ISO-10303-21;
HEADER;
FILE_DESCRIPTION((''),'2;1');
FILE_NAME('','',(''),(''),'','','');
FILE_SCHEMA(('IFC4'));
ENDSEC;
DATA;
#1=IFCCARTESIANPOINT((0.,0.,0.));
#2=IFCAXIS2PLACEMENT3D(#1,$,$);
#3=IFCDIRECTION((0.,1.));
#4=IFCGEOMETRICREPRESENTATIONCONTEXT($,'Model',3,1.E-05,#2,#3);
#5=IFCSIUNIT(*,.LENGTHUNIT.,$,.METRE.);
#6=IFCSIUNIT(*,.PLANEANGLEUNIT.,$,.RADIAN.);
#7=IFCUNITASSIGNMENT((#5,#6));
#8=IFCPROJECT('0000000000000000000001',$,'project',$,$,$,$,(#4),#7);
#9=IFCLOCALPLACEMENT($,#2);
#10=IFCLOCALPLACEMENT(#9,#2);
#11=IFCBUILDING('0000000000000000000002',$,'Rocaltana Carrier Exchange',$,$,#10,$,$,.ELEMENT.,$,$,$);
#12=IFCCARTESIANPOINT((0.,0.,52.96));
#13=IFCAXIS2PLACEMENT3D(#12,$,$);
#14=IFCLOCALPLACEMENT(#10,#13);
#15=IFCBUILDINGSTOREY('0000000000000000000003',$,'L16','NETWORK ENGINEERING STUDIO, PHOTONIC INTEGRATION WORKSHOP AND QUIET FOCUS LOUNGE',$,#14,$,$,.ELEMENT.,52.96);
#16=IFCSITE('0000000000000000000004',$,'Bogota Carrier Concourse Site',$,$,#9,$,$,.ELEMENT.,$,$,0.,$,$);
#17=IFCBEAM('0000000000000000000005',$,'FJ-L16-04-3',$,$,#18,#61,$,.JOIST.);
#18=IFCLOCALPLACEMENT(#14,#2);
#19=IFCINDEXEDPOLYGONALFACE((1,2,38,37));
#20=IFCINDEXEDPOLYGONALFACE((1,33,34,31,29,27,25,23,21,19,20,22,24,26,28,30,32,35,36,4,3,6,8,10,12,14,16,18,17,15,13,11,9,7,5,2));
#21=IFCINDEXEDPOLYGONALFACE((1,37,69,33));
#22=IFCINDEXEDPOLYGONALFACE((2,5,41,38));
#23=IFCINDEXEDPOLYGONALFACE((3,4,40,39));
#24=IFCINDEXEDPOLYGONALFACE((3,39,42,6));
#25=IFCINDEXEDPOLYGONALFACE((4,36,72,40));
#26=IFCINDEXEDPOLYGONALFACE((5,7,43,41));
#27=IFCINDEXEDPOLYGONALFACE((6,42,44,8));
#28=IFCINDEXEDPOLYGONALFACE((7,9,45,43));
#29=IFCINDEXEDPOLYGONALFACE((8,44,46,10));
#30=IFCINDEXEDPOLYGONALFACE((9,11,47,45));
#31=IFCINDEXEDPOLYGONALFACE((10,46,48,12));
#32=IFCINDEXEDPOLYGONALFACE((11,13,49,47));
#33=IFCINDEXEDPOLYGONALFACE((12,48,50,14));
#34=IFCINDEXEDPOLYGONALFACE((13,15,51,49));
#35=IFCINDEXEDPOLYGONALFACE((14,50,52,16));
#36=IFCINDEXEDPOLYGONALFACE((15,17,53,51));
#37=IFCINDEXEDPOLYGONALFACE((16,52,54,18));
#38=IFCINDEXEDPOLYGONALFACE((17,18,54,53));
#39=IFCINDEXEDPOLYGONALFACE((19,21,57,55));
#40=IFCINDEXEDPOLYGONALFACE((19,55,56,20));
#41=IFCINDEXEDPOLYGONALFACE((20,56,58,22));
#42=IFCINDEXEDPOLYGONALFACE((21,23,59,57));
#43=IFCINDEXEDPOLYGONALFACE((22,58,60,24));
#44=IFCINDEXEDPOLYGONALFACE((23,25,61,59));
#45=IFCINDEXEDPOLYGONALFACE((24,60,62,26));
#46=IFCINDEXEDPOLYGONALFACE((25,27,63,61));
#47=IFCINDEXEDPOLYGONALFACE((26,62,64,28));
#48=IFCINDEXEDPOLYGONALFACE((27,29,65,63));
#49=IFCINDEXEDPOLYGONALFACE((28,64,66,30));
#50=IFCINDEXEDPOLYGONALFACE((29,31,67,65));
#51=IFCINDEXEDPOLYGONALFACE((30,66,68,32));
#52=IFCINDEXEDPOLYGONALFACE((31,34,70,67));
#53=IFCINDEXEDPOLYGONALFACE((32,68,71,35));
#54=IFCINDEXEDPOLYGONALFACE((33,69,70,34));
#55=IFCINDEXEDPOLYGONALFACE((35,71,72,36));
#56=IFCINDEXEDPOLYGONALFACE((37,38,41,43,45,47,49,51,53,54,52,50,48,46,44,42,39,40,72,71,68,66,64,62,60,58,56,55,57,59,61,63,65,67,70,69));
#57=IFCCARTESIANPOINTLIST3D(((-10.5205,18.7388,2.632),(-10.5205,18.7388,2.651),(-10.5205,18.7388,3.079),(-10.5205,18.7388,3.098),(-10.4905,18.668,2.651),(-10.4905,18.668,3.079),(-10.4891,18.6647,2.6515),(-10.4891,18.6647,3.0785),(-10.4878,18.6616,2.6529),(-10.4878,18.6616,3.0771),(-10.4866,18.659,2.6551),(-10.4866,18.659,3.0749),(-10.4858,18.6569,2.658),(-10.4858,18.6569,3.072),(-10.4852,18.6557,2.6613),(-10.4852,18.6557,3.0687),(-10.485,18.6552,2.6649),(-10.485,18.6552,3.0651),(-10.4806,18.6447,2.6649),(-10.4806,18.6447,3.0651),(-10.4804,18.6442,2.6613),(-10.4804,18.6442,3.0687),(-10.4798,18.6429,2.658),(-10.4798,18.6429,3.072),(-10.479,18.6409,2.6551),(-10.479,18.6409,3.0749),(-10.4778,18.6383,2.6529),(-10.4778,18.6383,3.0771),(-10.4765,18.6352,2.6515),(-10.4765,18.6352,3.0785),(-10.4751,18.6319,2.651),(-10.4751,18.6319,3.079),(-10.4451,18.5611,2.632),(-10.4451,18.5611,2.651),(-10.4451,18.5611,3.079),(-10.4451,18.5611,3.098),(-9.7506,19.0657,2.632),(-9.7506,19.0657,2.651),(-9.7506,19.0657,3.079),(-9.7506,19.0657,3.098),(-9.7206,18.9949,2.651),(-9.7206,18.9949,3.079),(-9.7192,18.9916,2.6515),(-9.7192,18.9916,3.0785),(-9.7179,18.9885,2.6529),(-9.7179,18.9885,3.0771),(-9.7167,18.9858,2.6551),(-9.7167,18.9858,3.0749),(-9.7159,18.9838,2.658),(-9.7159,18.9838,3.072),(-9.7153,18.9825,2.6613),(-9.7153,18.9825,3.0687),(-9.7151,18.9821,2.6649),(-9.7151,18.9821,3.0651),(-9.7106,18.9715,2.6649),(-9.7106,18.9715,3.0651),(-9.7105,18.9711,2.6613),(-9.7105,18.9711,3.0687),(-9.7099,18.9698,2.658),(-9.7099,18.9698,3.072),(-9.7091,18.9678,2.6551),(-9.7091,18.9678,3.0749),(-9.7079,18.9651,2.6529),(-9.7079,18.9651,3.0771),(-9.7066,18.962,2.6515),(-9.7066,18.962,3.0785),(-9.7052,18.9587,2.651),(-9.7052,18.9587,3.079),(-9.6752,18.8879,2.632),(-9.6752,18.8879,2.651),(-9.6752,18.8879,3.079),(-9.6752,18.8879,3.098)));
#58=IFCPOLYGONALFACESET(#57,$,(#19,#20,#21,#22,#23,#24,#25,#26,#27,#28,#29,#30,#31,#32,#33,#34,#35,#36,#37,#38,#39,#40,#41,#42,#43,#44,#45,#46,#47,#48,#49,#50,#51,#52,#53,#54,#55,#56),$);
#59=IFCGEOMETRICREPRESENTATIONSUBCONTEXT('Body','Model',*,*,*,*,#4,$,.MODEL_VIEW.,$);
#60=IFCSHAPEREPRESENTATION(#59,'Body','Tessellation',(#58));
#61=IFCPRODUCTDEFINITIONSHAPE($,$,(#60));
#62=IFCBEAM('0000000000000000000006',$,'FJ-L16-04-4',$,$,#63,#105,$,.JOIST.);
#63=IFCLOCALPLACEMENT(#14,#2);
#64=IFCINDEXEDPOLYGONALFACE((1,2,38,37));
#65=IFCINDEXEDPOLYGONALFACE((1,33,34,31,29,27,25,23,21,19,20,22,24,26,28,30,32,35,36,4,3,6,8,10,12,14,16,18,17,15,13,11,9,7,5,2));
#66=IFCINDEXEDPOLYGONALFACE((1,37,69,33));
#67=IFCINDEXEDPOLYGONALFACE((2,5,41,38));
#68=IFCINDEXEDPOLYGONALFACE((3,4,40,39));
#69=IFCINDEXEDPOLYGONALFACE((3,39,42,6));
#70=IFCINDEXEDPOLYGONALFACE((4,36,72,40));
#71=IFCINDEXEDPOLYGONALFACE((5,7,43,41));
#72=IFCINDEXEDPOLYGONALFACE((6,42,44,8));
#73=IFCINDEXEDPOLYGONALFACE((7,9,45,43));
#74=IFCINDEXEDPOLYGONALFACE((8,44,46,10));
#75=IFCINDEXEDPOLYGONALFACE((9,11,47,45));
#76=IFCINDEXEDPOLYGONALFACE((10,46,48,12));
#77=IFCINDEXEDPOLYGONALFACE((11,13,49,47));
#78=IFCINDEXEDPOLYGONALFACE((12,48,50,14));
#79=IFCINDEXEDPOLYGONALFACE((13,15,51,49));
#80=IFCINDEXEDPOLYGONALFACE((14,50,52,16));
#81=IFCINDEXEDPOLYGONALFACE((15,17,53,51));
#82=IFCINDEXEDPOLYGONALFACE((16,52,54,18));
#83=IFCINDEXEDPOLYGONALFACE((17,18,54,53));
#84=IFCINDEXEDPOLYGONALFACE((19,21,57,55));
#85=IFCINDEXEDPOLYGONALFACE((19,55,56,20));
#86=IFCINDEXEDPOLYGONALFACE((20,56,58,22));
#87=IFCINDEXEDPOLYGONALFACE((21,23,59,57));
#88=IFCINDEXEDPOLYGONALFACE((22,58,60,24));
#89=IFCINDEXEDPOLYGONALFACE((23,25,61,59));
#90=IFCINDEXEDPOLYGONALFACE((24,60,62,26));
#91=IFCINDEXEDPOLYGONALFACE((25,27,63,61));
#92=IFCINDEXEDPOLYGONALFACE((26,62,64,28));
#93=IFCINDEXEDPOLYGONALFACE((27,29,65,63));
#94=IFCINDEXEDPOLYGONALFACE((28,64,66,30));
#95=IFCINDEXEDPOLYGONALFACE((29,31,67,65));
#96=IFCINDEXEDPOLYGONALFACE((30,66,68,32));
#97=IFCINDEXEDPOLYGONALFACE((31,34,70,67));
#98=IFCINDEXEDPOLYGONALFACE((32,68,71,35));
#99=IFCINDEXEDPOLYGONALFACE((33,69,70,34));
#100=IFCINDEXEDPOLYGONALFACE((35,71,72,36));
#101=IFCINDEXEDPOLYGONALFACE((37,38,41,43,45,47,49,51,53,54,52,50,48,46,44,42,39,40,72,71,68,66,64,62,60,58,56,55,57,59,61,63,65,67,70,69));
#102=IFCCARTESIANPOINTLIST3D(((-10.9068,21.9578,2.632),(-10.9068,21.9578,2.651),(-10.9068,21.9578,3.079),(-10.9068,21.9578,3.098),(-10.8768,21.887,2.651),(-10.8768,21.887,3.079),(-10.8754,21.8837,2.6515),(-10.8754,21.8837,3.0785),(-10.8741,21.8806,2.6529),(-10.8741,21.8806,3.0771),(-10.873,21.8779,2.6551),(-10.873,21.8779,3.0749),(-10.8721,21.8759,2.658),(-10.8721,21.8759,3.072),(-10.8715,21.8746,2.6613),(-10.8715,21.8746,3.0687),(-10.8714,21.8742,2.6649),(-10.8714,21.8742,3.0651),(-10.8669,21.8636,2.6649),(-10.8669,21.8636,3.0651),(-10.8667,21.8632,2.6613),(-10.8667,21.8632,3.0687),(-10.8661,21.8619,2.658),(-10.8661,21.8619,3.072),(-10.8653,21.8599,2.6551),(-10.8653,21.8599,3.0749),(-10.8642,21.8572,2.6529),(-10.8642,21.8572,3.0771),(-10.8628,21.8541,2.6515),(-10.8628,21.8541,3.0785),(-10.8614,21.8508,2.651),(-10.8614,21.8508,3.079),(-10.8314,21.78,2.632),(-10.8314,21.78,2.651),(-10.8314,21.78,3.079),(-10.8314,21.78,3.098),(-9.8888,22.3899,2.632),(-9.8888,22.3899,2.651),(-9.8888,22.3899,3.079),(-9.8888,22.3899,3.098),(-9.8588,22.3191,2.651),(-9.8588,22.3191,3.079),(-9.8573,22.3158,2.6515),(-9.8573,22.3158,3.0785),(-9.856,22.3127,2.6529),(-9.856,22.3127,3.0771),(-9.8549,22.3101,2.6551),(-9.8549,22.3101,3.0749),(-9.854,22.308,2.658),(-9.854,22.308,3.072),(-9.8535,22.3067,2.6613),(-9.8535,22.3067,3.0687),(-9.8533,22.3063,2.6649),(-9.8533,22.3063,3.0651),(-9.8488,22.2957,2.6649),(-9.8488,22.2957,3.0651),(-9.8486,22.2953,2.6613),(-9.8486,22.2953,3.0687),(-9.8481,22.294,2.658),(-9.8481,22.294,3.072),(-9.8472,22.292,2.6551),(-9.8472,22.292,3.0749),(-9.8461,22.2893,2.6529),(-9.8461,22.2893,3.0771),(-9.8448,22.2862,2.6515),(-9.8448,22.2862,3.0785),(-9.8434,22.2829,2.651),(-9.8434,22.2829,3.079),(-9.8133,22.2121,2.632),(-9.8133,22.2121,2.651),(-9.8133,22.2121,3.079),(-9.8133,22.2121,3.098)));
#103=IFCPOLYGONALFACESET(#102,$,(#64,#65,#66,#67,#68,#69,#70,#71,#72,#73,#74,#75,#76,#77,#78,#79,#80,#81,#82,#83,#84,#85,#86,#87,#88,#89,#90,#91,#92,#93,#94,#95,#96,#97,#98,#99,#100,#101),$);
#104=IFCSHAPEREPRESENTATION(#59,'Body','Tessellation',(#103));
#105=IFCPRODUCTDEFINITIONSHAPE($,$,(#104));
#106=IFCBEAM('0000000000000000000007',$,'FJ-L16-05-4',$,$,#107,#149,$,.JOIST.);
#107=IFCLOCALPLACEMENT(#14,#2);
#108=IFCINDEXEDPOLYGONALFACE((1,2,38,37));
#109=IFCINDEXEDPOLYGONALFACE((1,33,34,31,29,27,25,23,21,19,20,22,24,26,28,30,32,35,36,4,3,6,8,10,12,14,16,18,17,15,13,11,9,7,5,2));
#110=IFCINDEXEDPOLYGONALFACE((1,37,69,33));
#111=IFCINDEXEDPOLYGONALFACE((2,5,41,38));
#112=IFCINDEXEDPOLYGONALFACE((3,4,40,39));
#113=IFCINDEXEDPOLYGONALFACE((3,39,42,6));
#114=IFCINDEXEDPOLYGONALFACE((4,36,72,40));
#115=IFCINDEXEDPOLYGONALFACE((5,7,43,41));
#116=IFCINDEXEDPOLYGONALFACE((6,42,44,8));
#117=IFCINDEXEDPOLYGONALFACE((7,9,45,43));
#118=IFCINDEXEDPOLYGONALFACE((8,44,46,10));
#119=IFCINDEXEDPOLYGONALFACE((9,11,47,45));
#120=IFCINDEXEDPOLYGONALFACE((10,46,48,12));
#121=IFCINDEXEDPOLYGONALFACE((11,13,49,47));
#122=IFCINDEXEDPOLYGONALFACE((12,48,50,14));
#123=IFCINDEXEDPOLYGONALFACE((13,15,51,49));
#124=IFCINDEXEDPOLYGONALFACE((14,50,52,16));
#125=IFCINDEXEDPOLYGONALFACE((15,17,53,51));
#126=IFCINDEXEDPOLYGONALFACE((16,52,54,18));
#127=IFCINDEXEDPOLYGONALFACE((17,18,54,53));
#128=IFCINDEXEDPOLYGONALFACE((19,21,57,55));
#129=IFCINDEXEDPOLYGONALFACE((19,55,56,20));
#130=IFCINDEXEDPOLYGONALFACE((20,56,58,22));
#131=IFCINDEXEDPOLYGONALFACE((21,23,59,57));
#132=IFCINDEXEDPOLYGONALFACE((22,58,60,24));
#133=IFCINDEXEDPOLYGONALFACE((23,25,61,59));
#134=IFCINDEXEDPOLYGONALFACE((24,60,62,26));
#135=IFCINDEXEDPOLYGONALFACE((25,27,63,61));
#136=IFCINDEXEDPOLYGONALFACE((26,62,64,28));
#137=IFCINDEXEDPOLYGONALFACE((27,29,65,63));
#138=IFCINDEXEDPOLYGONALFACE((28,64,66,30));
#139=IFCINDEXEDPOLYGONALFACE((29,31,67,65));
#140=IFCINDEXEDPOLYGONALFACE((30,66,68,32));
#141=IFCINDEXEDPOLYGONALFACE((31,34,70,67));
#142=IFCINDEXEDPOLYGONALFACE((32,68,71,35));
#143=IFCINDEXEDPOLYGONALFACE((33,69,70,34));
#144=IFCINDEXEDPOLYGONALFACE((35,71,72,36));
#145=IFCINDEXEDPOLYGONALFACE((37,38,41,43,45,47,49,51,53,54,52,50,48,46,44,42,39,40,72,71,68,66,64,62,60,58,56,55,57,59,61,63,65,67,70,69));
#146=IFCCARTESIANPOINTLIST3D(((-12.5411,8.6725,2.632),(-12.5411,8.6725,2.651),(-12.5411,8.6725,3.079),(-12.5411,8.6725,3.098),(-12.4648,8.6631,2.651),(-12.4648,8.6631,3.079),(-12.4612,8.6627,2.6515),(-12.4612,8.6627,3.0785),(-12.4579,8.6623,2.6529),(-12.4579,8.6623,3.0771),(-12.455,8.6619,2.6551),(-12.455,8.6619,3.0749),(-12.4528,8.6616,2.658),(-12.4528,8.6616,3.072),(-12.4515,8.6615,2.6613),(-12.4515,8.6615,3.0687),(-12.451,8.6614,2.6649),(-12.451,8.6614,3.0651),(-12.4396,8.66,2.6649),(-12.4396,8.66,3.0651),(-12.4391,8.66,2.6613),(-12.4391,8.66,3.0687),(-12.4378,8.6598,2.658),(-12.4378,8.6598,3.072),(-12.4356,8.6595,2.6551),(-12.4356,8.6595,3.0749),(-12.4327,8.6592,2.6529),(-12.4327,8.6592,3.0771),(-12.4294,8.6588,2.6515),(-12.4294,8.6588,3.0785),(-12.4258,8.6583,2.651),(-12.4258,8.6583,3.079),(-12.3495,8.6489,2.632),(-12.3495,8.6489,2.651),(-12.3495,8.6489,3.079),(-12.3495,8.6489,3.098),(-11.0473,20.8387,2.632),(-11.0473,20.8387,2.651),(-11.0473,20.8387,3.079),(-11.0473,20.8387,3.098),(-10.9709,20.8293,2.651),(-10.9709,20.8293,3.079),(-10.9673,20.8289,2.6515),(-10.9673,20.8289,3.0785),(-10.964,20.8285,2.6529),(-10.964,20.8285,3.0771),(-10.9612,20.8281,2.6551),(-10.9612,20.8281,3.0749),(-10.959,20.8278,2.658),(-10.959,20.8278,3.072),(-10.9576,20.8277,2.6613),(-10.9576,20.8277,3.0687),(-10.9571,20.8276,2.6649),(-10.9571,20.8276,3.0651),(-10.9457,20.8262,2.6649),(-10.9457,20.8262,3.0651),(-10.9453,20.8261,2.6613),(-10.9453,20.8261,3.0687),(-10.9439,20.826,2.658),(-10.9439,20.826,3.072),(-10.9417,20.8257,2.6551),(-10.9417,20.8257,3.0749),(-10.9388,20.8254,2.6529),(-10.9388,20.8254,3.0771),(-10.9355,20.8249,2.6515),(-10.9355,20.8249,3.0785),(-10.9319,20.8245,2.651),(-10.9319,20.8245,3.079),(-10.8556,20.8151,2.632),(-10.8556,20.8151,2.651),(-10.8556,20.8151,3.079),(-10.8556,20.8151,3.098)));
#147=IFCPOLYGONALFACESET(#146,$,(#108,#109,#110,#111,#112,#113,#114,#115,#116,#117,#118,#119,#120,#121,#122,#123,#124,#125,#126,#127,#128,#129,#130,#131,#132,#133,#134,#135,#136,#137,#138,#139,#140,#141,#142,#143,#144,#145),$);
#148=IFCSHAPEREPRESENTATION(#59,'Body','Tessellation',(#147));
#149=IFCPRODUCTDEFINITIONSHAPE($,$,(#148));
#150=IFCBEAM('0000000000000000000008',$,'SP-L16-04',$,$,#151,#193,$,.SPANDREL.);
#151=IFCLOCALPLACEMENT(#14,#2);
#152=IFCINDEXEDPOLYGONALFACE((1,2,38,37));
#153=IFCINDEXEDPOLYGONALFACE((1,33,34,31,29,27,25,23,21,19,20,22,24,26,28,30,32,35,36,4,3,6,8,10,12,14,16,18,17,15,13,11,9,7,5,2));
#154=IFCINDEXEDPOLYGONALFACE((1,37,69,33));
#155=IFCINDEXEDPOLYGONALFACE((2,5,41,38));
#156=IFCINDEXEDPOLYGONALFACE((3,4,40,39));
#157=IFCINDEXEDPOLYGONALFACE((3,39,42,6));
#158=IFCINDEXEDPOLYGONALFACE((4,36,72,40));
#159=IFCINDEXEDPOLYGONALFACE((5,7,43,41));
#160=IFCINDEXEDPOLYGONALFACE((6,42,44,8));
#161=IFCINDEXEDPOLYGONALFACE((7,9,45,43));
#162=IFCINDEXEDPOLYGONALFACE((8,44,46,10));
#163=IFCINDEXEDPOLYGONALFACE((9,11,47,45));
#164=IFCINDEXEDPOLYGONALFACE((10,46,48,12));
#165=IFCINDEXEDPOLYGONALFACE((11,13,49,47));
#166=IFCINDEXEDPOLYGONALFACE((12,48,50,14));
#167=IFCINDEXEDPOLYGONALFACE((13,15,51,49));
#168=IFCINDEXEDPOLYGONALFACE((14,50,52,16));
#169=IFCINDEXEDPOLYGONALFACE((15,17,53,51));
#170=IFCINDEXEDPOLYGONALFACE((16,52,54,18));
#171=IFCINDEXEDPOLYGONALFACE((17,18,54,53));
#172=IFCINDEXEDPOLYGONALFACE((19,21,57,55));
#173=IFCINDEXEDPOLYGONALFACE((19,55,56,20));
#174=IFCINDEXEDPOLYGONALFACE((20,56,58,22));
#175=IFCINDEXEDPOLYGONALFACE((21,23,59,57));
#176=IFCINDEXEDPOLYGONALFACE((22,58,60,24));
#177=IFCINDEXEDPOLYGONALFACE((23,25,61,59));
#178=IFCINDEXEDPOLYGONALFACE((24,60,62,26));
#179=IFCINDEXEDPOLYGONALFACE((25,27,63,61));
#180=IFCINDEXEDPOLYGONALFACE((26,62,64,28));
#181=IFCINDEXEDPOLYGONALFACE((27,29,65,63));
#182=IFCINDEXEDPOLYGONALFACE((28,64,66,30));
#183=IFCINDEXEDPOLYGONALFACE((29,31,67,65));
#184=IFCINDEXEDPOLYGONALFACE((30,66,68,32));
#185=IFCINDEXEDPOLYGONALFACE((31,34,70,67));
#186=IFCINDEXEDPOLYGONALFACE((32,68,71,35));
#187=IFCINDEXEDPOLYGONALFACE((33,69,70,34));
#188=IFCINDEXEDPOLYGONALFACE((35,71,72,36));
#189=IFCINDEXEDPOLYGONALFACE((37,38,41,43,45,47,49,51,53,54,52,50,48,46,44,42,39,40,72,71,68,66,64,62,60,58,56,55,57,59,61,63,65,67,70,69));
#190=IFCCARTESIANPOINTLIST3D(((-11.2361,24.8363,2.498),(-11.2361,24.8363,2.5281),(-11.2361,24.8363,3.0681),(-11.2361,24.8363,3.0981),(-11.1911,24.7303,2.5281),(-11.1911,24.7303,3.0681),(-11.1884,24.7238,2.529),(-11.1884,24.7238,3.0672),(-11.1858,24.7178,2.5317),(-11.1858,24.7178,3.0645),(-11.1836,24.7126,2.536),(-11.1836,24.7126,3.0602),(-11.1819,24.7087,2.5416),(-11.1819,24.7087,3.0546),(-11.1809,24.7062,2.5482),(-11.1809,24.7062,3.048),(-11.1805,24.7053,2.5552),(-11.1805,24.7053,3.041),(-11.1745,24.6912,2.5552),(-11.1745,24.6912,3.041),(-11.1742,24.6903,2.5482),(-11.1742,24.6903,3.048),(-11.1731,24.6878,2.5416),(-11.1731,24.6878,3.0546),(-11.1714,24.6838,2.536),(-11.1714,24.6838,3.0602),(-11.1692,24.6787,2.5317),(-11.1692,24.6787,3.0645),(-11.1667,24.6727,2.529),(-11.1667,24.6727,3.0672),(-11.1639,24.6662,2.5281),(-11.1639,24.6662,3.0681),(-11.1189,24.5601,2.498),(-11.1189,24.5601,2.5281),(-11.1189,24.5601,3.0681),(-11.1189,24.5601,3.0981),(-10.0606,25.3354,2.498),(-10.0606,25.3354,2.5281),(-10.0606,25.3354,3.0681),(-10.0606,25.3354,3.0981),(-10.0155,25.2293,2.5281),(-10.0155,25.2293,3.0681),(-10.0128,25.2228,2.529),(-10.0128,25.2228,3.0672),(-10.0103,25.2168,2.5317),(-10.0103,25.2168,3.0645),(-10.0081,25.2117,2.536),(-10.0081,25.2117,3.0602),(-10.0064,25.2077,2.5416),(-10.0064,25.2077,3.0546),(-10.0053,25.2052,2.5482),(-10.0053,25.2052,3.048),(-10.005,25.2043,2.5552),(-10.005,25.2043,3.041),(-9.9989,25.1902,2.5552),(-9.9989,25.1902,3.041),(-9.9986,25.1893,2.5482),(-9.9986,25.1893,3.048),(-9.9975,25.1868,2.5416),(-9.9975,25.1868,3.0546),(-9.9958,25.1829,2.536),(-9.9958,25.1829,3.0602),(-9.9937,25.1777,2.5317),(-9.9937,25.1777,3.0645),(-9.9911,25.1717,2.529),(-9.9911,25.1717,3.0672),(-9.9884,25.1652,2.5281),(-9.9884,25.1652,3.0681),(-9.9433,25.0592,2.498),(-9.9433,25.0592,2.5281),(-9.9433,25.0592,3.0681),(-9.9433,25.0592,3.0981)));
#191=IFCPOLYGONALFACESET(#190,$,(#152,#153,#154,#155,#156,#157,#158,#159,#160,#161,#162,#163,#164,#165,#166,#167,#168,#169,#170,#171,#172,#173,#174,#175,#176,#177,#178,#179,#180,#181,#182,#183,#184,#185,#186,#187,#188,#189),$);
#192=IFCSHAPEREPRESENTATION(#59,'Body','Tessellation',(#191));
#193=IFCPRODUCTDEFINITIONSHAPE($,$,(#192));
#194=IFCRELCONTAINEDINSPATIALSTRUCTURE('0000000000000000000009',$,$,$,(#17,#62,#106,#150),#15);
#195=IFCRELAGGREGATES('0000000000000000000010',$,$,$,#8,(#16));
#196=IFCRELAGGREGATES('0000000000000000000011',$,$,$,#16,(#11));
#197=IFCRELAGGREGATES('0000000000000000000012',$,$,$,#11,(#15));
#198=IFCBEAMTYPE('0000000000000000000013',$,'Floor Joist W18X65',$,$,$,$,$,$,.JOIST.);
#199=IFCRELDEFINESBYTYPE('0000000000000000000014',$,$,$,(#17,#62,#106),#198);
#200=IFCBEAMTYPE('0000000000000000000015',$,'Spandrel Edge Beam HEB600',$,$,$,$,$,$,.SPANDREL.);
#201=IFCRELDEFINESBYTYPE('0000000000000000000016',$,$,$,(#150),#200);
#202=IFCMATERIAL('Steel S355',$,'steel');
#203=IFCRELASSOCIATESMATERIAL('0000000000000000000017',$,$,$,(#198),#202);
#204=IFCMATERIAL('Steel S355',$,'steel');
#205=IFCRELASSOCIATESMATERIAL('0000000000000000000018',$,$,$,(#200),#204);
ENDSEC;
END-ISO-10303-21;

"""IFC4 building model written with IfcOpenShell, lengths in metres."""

from ifc_helpers import new_model, si_unit, direction, frame, origin, origin_2d, place, context, subcontext, project, spatial, i_section, extrude, material, material_profile, profile_set, type_object, element, save


model = new_model("IFC4")

# Units and contexts
model_context = context("Model", 3, precision=1e-05, world=origin(), true_north=direction((0.0, 1.0)))
body_context = subcontext(model_context, "Body", "Model", "MODEL_VIEW")
ifc_project = project(units=[si_unit("LENGTHUNIT", "METRE"), si_unit("PLANEANGLEUNIT", "RADIAN")], contexts=[model_context])

# Site, building, storey
site_placement = place(None, origin())
site = spatial("IfcSite", under=ifc_project, at=site_placement, Name="Bogota Carrier Concourse Site", CompositionType="ELEMENT", RefElevation=0.0)
building_placement = place(site_placement, origin())
building = spatial("IfcBuilding", under=site, at=building_placement, Name="Rocaltana Carrier Exchange", CompositionType="ELEMENT")
storey_placement = place(building_placement, frame((0.0, 0.0, 52.96)))
storey = spatial("IfcBuildingStorey", under=building, at=storey_placement, Name="L16", Description="NETWORK ENGINEERING STUDIO, PHOTONIC INTEGRATION WORKSHOP AND QUIET FOCUS LOUNGE", CompositionType="ELEMENT", Elevation=52.96)

# Beams
ifc_material_1 = material(Name="Steel S355", Category="steel")
ifc_material_profile_1 = material_profile(ifc_material_1, i_section(OverallWidth=0.1931, OverallDepth=0.4661, WebThickness=0.0115, FlangeThickness=0.019, FilletRadius=0.0139, at=origin_2d()), Name="W18X65")
ifc_profile_set_1 = profile_set([ifc_material_profile_1], Name="Steel S355")
beam_type_1 = type_object("IfcBeamType", Name="Floor Joist W18X65", PredefinedType="JOIST", material=ifc_profile_set_1)
beam_1_placement = place(storey_placement, frame((-9.7129, 18.9768, 2.865), z_axis=(-0.920483, -0.390782, 0.0), x_axis=(0.390782, -0.920483, 0.0)))
element("IfcBeam", 1, at=beam_1_placement, inside=storey, type_object=beam_type_1, Name="FJ-L16-04-3", PredefinedType="JOIST", context=body_context, shape_type="SweptSolid", body=[
    extrude(i_section(OverallWidth=0.1931, OverallDepth=0.4661, WebThickness=0.0115, FlangeThickness=0.019, FilletRadius=0.0139, at=origin_2d()), origin(), (0.0, 0.0, 1.0), 0.8364),
])
beam_2_placement = place(storey_placement, frame((-9.8511, 22.301, 2.865), z_axis=(-0.92051, -0.39072, 0.0), x_axis=(0.39072, -0.92051, 0.0)))
element("IfcBeam", 2, at=beam_2_placement, inside=storey, type_object=beam_type_1, Name="FJ-L16-04-4", PredefinedType="JOIST", context=body_context, shape_type="SweptSolid", body=[
    extrude(i_section(OverallWidth=0.1931, OverallDepth=0.4661, WebThickness=0.0115, FlangeThickness=0.019, FilletRadius=0.0139, at=origin_2d()), origin(), (0.0, 0.0, 1.0), 1.106),
])
beam_3_placement = place(storey_placement, frame((-10.9514, 20.8269, 2.865), z_axis=(-0.121875, -0.992545, 0.0), x_axis=(0.992545, -0.121875, 0.0)))
element("IfcBeam", 3, at=beam_3_placement, inside=storey, type_object=beam_type_1, Name="FJ-L16-05-4", PredefinedType="JOIST", context=body_context, shape_type="SweptSolid", body=[
    extrude(i_section(OverallWidth=0.1931, OverallDepth=0.4661, WebThickness=0.0115, FlangeThickness=0.019, FilletRadius=0.0139, at=origin_2d()), origin(), (0.0, 0.0, 1.0), 12.2576),
])
ifc_material_2 = material(Name="Steel S355", Category="steel")
ifc_material_profile_2 = material_profile(ifc_material_2, i_section(OverallWidth=0.3, OverallDepth=0.6001, WebThickness=0.0154, FlangeThickness=0.03, FilletRadius=0.0271, at=origin_2d()), Name="HEB600")
ifc_profile_set_2 = profile_set([ifc_material_profile_2], Name="Steel S355")
beam_type_2 = type_object("IfcBeamType", Name="Spandrel Edge Beam HEB600", PredefinedType="SPANDREL", material=ifc_profile_set_2)
beam_4_placement = place(storey_placement, frame((-10.002, 25.1973, 2.7981), z_axis=(-0.920494, -0.390756, 0.0), x_axis=(0.390756, -0.920494, 0.0)))
element("IfcBeam", 4, at=beam_4_placement, inside=storey, type_object=beam_type_2, Name="SP-L16-04", PredefinedType="SPANDREL", context=body_context, shape_type="SweptSolid", body=[
    extrude(i_section(OverallWidth=0.3, OverallDepth=0.6001, WebThickness=0.0154, FlangeThickness=0.03, FilletRadius=0.0271, at=origin_2d()), origin(), (0.0, 0.0, 1.0), 1.2771),
])

save(model, "model.ifc")
